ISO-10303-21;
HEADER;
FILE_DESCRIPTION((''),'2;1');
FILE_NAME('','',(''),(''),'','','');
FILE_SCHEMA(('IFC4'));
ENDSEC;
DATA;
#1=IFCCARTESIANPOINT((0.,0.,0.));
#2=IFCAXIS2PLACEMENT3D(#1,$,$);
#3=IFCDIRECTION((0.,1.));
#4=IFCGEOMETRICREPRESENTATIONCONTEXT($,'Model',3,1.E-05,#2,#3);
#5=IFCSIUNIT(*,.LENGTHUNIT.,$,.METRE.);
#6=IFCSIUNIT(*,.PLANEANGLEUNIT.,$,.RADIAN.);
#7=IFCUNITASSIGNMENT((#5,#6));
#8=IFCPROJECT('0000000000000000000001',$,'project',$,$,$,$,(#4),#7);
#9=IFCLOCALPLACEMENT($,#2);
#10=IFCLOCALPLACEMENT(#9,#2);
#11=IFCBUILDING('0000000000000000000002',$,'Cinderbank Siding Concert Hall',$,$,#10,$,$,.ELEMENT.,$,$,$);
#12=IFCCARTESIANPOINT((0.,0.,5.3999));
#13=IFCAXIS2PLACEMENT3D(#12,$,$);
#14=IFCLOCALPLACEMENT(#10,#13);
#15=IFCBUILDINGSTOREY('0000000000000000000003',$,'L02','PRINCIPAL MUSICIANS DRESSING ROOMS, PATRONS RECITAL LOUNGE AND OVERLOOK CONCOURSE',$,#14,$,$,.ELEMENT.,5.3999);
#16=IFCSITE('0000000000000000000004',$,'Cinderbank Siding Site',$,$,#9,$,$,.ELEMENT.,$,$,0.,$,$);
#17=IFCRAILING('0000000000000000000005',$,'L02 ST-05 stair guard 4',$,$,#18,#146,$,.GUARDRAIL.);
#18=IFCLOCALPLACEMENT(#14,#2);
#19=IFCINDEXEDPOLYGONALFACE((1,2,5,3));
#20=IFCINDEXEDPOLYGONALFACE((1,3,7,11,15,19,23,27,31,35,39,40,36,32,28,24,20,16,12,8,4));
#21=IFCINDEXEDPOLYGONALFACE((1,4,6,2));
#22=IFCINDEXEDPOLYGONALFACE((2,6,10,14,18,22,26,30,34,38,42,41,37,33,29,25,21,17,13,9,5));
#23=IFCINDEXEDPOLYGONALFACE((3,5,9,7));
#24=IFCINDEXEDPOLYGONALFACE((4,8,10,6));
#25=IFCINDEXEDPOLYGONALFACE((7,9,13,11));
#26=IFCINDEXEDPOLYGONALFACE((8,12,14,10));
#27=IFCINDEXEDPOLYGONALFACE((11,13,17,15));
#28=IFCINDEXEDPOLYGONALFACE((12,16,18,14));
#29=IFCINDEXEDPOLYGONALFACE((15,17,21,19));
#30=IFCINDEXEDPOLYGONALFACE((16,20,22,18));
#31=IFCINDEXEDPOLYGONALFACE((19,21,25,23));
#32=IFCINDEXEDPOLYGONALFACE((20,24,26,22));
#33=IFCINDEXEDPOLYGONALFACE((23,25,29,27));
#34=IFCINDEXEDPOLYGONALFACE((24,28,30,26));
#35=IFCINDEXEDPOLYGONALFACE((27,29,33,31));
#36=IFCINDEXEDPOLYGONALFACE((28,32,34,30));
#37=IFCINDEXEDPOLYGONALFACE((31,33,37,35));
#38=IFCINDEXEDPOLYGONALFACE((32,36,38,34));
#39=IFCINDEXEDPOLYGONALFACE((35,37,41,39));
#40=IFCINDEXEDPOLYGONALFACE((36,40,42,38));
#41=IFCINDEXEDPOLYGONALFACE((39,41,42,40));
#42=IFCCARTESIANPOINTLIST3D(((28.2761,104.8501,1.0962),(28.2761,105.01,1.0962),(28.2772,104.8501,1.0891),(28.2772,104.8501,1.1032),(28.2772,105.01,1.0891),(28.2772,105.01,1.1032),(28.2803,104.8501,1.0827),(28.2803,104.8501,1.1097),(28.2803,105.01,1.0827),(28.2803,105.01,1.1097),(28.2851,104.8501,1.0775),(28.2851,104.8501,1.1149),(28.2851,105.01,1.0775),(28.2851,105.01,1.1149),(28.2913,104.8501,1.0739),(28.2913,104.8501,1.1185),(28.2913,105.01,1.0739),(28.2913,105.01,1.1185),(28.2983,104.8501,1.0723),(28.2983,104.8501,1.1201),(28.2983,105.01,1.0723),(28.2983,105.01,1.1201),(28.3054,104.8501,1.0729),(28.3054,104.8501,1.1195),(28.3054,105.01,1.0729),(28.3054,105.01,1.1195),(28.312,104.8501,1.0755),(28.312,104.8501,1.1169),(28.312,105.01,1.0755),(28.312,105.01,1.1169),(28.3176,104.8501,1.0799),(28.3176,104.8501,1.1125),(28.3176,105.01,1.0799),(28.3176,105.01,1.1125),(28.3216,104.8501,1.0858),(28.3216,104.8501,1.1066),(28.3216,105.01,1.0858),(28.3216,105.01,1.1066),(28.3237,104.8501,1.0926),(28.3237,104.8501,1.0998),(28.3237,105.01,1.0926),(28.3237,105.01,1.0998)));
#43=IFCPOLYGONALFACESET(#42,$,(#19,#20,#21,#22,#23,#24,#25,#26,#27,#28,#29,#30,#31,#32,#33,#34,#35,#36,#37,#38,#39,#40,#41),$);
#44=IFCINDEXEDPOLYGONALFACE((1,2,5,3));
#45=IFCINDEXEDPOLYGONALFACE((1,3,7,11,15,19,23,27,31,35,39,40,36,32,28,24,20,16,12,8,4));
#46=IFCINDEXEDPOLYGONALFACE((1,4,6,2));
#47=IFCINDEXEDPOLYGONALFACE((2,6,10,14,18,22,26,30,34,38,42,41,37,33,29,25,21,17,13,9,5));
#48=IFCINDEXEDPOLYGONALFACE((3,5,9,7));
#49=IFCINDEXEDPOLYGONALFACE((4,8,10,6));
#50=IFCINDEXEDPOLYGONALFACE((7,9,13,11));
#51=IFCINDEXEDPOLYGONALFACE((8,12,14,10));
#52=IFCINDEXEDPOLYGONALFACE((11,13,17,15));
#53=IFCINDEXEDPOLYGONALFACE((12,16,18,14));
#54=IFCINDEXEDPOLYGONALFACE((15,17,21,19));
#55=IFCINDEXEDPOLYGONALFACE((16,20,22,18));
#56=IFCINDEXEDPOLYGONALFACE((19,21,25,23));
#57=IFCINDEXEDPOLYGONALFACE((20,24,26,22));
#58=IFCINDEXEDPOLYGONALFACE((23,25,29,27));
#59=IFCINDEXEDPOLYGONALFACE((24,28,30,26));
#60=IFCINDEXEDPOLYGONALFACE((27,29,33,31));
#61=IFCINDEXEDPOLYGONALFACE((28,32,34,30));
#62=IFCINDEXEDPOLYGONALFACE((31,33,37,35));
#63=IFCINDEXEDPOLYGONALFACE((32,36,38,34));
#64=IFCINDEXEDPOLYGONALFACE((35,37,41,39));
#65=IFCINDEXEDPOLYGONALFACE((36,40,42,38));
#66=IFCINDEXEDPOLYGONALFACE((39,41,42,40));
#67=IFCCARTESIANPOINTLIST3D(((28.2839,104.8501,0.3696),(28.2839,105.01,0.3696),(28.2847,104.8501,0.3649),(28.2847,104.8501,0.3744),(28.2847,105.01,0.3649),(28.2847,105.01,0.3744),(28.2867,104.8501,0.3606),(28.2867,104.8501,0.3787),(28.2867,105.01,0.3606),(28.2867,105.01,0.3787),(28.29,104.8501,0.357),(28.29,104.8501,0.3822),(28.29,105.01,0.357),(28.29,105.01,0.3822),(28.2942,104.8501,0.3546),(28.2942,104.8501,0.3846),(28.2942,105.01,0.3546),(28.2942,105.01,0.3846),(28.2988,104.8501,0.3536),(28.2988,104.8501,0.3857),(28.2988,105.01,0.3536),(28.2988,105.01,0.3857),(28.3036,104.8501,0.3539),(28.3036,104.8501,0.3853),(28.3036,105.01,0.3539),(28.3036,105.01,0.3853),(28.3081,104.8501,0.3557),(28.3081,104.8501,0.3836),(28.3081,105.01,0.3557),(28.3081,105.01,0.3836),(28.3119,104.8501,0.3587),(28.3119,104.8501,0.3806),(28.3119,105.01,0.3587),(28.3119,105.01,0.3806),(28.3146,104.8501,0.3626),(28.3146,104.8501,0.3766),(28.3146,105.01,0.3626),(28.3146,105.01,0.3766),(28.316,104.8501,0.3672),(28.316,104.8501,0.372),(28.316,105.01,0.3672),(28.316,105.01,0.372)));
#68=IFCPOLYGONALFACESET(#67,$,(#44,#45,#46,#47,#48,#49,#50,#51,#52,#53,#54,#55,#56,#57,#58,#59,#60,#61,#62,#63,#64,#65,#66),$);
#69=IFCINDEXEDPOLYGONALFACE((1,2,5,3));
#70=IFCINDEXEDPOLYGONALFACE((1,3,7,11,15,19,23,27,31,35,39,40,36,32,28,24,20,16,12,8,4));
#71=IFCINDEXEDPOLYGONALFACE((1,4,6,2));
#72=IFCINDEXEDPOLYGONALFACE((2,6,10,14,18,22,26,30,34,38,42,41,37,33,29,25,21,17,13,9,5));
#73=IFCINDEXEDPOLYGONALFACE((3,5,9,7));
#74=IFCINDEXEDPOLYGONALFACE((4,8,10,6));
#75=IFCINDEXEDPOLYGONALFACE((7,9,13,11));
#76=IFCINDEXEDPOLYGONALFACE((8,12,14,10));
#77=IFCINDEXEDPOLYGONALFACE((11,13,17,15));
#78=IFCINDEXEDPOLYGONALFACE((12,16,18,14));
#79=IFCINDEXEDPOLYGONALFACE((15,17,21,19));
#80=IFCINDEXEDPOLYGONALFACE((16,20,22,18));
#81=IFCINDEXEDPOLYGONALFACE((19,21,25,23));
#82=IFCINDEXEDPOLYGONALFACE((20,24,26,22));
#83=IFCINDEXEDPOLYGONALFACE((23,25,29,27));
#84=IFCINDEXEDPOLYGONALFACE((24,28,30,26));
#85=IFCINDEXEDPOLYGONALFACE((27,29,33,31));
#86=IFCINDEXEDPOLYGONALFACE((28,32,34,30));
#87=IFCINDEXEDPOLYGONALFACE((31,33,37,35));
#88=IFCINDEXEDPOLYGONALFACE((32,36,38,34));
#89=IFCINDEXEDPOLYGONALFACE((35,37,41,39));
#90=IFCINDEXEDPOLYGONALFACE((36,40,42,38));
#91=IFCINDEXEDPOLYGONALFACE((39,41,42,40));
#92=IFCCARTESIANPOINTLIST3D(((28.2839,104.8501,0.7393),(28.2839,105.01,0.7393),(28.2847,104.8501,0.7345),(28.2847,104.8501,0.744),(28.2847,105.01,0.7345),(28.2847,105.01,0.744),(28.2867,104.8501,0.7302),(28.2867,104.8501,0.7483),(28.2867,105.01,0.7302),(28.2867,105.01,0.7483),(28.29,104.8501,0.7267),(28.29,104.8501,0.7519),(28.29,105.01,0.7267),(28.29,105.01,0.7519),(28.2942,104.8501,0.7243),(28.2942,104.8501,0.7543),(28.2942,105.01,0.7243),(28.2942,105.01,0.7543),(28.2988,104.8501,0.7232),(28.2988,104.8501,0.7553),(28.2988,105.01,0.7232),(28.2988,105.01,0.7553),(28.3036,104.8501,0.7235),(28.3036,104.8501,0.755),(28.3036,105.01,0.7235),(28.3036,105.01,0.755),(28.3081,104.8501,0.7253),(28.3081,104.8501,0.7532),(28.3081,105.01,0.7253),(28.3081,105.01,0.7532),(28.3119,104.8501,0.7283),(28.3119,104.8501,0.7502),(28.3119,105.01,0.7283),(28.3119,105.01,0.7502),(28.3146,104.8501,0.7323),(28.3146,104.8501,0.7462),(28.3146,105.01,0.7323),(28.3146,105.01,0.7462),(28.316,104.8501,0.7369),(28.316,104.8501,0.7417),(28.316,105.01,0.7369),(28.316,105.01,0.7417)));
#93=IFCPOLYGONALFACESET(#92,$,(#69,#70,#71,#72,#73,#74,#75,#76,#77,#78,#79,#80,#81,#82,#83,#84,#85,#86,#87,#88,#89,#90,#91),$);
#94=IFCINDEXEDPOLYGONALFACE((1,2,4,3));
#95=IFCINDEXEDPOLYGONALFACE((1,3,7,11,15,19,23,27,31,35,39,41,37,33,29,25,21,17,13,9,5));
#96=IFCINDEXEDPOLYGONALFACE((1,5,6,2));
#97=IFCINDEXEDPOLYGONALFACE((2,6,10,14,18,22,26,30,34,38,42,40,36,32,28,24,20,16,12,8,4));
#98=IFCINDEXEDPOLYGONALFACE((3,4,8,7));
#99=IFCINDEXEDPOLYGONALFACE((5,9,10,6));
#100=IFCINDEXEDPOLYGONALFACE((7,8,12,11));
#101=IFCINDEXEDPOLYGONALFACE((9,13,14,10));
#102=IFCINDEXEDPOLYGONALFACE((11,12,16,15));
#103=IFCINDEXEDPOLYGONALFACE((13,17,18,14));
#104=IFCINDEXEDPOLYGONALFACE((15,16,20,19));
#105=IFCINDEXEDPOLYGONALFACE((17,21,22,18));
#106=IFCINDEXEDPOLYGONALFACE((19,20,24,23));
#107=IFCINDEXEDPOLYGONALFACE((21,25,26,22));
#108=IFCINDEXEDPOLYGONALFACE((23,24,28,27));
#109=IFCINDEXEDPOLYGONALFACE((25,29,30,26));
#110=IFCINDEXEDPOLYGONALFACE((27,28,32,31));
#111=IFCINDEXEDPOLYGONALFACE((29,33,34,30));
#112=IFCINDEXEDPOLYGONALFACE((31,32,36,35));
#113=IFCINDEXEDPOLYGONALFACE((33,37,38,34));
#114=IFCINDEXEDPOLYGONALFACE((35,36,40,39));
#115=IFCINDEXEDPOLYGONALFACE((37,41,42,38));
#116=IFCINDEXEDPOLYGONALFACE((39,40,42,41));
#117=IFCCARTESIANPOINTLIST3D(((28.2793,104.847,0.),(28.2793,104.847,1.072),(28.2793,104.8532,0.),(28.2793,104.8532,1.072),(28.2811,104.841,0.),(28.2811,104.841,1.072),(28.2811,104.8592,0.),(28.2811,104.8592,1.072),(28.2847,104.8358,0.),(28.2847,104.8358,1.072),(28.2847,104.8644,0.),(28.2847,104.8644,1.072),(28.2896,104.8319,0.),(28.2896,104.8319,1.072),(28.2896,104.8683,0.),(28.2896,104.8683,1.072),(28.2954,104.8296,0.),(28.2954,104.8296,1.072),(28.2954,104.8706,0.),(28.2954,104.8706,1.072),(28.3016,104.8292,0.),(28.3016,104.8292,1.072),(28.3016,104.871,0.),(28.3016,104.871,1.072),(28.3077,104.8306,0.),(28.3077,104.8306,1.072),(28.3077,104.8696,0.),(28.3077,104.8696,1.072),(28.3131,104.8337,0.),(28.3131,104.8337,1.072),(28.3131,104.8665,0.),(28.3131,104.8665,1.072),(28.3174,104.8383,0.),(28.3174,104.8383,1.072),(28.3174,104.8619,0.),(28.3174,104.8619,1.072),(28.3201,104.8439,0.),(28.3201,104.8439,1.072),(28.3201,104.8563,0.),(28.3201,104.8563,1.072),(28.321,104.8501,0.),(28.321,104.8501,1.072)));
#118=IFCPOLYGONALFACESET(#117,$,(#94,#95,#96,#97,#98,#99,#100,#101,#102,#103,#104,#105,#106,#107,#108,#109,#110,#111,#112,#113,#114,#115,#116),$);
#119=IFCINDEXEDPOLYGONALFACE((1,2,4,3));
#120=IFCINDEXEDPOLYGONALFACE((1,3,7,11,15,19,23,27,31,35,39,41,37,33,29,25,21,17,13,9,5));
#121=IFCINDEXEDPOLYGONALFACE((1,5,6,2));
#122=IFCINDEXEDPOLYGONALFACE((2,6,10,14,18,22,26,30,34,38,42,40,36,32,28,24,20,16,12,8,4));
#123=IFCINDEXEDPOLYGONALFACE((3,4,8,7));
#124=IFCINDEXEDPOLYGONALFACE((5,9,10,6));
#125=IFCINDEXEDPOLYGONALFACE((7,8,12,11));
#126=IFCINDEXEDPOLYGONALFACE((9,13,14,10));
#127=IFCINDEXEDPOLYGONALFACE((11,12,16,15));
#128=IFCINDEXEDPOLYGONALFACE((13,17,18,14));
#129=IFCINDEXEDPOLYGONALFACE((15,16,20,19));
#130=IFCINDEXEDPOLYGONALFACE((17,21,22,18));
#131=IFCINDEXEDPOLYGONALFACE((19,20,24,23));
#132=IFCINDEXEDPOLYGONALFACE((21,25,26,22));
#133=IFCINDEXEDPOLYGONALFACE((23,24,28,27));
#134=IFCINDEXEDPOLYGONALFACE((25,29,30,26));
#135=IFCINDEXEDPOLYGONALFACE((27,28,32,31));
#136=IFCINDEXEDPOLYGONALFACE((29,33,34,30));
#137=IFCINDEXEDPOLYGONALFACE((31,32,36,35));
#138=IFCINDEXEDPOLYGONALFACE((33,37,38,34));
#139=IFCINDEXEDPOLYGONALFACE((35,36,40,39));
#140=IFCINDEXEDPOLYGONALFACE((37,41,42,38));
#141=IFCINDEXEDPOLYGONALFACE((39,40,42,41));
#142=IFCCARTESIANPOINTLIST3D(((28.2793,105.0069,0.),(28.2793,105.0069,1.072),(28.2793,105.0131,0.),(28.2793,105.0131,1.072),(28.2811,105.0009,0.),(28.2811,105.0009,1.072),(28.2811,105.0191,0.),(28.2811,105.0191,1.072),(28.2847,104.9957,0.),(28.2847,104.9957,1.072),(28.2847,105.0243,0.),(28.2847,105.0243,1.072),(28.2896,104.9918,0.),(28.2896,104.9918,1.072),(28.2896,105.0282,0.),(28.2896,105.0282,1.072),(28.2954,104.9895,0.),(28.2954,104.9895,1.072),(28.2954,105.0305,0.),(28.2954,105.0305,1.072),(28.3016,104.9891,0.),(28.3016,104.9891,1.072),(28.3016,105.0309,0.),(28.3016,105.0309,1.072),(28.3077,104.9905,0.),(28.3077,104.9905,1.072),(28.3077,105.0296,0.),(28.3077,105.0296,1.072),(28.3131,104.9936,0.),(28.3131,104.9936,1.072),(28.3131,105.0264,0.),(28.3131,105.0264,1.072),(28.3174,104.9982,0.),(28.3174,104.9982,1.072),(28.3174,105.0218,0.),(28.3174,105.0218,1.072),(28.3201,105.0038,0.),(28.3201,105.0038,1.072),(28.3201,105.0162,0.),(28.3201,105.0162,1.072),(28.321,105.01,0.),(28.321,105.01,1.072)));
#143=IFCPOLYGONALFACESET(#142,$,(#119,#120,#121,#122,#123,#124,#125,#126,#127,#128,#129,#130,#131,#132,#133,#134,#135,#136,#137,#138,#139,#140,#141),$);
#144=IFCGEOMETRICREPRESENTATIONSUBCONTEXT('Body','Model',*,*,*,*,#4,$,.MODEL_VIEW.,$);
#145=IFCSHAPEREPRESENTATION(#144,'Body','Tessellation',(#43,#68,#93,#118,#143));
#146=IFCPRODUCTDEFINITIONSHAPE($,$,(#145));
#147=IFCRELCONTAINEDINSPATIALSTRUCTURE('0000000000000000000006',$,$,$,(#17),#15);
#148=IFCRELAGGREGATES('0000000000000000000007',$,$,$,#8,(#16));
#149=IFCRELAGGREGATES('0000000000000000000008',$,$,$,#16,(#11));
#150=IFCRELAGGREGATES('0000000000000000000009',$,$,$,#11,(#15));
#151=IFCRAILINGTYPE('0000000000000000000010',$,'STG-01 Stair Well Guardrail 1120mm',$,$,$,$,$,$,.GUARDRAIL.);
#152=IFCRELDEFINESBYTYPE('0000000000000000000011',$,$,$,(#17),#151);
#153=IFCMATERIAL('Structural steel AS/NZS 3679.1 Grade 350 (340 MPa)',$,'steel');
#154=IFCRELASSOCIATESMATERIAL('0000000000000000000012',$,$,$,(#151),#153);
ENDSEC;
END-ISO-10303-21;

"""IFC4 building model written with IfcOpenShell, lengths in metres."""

from ifc_helpers import new_model, si_unit, direction, frame, origin, origin_2d, place, context, subcontext, project, spatial, circle, extrude, material, type_object, element, save


model = new_model("IFC4")

# Units and contexts
model_context = context("Model", 3, precision=1e-05, world=origin(), true_north=direction((0.0, 1.0)))
body_context = subcontext(model_context, "Body", "Model", "MODEL_VIEW")
ifc_project = project(units=[si_unit("LENGTHUNIT", "METRE"), si_unit("PLANEANGLEUNIT", "RADIAN")], contexts=[model_context])

# Site, building, storey
site_placement = place(None, origin())
site = spatial("IfcSite", under=ifc_project, at=site_placement, Name="Cinderbank Siding Site", CompositionType="ELEMENT", RefElevation=0.0)
building_placement = place(site_placement, origin())
building = spatial("IfcBuilding", under=site, at=building_placement, Name="Cinderbank Siding Concert Hall", CompositionType="ELEMENT")
storey_placement = place(building_placement, frame((0.0, 0.0, 5.3999)))
storey = spatial("IfcBuildingStorey", under=building, at=storey_placement, Name="L02", Description="PRINCIPAL MUSICIANS DRESSING ROOMS, PATRONS RECITAL LOUNGE AND OVERLOOK CONCOURSE", CompositionType="ELEMENT", Elevation=5.3999)

# Shared definitions
ifc_material_1 = material(Name="Structural steel AS/NZS 3679.1 Grade 350 (340 MPa)", Category="steel")

# Railing
railing_type_1 = type_object("IfcRailingType", Name="STG-01 Stair Well Guardrail 1120mm", PredefinedType="GUARDRAIL", material=ifc_material_1)
railing_1_placement = place(storey_placement, frame((28.3, 104.8501, 0.0)))
element("IfcRailing", 1, at=railing_1_placement, inside=storey, type_object=railing_type_1, Name="L02 ST-05 stair guard 4", PredefinedType="GUARDRAIL", context=body_context, shape_type="SweptSolid", body=[
    extrude(circle(Radius=0.0239, at=origin_2d()), frame((0.0, 0.0, 1.0962), z_axis=(0.0, 1.0, 0.0), x_axis=(-1.0, 0.0, 0.0)), (0.0, 0.0, 1.0), 0.1599),
    extrude(circle(Radius=0.0161, at=origin_2d()), frame((0.0, 0.0, 0.3696), z_axis=(0.0, 1.0, 0.0), x_axis=(-1.0, 0.0, 0.0)), (0.0, 0.0, 1.0), 0.1599),
    extrude(circle(Radius=0.0161, at=origin_2d()), frame((0.0, 0.0, 0.7393), z_axis=(0.0, 1.0, 0.0), x_axis=(-1.0, 0.0, 0.0)), (0.0, 0.0, 1.0), 0.1599),
    extrude(circle(Radius=0.021, at=origin_2d()), origin(), (0.0, 0.0, 1.0), 1.072),
    extrude(circle(Radius=0.021, at=origin_2d()), frame((0.0, 0.1599, 0.0)), (0.0, 0.0, 1.0), 1.072),
])

save(model, "model.ifc")
